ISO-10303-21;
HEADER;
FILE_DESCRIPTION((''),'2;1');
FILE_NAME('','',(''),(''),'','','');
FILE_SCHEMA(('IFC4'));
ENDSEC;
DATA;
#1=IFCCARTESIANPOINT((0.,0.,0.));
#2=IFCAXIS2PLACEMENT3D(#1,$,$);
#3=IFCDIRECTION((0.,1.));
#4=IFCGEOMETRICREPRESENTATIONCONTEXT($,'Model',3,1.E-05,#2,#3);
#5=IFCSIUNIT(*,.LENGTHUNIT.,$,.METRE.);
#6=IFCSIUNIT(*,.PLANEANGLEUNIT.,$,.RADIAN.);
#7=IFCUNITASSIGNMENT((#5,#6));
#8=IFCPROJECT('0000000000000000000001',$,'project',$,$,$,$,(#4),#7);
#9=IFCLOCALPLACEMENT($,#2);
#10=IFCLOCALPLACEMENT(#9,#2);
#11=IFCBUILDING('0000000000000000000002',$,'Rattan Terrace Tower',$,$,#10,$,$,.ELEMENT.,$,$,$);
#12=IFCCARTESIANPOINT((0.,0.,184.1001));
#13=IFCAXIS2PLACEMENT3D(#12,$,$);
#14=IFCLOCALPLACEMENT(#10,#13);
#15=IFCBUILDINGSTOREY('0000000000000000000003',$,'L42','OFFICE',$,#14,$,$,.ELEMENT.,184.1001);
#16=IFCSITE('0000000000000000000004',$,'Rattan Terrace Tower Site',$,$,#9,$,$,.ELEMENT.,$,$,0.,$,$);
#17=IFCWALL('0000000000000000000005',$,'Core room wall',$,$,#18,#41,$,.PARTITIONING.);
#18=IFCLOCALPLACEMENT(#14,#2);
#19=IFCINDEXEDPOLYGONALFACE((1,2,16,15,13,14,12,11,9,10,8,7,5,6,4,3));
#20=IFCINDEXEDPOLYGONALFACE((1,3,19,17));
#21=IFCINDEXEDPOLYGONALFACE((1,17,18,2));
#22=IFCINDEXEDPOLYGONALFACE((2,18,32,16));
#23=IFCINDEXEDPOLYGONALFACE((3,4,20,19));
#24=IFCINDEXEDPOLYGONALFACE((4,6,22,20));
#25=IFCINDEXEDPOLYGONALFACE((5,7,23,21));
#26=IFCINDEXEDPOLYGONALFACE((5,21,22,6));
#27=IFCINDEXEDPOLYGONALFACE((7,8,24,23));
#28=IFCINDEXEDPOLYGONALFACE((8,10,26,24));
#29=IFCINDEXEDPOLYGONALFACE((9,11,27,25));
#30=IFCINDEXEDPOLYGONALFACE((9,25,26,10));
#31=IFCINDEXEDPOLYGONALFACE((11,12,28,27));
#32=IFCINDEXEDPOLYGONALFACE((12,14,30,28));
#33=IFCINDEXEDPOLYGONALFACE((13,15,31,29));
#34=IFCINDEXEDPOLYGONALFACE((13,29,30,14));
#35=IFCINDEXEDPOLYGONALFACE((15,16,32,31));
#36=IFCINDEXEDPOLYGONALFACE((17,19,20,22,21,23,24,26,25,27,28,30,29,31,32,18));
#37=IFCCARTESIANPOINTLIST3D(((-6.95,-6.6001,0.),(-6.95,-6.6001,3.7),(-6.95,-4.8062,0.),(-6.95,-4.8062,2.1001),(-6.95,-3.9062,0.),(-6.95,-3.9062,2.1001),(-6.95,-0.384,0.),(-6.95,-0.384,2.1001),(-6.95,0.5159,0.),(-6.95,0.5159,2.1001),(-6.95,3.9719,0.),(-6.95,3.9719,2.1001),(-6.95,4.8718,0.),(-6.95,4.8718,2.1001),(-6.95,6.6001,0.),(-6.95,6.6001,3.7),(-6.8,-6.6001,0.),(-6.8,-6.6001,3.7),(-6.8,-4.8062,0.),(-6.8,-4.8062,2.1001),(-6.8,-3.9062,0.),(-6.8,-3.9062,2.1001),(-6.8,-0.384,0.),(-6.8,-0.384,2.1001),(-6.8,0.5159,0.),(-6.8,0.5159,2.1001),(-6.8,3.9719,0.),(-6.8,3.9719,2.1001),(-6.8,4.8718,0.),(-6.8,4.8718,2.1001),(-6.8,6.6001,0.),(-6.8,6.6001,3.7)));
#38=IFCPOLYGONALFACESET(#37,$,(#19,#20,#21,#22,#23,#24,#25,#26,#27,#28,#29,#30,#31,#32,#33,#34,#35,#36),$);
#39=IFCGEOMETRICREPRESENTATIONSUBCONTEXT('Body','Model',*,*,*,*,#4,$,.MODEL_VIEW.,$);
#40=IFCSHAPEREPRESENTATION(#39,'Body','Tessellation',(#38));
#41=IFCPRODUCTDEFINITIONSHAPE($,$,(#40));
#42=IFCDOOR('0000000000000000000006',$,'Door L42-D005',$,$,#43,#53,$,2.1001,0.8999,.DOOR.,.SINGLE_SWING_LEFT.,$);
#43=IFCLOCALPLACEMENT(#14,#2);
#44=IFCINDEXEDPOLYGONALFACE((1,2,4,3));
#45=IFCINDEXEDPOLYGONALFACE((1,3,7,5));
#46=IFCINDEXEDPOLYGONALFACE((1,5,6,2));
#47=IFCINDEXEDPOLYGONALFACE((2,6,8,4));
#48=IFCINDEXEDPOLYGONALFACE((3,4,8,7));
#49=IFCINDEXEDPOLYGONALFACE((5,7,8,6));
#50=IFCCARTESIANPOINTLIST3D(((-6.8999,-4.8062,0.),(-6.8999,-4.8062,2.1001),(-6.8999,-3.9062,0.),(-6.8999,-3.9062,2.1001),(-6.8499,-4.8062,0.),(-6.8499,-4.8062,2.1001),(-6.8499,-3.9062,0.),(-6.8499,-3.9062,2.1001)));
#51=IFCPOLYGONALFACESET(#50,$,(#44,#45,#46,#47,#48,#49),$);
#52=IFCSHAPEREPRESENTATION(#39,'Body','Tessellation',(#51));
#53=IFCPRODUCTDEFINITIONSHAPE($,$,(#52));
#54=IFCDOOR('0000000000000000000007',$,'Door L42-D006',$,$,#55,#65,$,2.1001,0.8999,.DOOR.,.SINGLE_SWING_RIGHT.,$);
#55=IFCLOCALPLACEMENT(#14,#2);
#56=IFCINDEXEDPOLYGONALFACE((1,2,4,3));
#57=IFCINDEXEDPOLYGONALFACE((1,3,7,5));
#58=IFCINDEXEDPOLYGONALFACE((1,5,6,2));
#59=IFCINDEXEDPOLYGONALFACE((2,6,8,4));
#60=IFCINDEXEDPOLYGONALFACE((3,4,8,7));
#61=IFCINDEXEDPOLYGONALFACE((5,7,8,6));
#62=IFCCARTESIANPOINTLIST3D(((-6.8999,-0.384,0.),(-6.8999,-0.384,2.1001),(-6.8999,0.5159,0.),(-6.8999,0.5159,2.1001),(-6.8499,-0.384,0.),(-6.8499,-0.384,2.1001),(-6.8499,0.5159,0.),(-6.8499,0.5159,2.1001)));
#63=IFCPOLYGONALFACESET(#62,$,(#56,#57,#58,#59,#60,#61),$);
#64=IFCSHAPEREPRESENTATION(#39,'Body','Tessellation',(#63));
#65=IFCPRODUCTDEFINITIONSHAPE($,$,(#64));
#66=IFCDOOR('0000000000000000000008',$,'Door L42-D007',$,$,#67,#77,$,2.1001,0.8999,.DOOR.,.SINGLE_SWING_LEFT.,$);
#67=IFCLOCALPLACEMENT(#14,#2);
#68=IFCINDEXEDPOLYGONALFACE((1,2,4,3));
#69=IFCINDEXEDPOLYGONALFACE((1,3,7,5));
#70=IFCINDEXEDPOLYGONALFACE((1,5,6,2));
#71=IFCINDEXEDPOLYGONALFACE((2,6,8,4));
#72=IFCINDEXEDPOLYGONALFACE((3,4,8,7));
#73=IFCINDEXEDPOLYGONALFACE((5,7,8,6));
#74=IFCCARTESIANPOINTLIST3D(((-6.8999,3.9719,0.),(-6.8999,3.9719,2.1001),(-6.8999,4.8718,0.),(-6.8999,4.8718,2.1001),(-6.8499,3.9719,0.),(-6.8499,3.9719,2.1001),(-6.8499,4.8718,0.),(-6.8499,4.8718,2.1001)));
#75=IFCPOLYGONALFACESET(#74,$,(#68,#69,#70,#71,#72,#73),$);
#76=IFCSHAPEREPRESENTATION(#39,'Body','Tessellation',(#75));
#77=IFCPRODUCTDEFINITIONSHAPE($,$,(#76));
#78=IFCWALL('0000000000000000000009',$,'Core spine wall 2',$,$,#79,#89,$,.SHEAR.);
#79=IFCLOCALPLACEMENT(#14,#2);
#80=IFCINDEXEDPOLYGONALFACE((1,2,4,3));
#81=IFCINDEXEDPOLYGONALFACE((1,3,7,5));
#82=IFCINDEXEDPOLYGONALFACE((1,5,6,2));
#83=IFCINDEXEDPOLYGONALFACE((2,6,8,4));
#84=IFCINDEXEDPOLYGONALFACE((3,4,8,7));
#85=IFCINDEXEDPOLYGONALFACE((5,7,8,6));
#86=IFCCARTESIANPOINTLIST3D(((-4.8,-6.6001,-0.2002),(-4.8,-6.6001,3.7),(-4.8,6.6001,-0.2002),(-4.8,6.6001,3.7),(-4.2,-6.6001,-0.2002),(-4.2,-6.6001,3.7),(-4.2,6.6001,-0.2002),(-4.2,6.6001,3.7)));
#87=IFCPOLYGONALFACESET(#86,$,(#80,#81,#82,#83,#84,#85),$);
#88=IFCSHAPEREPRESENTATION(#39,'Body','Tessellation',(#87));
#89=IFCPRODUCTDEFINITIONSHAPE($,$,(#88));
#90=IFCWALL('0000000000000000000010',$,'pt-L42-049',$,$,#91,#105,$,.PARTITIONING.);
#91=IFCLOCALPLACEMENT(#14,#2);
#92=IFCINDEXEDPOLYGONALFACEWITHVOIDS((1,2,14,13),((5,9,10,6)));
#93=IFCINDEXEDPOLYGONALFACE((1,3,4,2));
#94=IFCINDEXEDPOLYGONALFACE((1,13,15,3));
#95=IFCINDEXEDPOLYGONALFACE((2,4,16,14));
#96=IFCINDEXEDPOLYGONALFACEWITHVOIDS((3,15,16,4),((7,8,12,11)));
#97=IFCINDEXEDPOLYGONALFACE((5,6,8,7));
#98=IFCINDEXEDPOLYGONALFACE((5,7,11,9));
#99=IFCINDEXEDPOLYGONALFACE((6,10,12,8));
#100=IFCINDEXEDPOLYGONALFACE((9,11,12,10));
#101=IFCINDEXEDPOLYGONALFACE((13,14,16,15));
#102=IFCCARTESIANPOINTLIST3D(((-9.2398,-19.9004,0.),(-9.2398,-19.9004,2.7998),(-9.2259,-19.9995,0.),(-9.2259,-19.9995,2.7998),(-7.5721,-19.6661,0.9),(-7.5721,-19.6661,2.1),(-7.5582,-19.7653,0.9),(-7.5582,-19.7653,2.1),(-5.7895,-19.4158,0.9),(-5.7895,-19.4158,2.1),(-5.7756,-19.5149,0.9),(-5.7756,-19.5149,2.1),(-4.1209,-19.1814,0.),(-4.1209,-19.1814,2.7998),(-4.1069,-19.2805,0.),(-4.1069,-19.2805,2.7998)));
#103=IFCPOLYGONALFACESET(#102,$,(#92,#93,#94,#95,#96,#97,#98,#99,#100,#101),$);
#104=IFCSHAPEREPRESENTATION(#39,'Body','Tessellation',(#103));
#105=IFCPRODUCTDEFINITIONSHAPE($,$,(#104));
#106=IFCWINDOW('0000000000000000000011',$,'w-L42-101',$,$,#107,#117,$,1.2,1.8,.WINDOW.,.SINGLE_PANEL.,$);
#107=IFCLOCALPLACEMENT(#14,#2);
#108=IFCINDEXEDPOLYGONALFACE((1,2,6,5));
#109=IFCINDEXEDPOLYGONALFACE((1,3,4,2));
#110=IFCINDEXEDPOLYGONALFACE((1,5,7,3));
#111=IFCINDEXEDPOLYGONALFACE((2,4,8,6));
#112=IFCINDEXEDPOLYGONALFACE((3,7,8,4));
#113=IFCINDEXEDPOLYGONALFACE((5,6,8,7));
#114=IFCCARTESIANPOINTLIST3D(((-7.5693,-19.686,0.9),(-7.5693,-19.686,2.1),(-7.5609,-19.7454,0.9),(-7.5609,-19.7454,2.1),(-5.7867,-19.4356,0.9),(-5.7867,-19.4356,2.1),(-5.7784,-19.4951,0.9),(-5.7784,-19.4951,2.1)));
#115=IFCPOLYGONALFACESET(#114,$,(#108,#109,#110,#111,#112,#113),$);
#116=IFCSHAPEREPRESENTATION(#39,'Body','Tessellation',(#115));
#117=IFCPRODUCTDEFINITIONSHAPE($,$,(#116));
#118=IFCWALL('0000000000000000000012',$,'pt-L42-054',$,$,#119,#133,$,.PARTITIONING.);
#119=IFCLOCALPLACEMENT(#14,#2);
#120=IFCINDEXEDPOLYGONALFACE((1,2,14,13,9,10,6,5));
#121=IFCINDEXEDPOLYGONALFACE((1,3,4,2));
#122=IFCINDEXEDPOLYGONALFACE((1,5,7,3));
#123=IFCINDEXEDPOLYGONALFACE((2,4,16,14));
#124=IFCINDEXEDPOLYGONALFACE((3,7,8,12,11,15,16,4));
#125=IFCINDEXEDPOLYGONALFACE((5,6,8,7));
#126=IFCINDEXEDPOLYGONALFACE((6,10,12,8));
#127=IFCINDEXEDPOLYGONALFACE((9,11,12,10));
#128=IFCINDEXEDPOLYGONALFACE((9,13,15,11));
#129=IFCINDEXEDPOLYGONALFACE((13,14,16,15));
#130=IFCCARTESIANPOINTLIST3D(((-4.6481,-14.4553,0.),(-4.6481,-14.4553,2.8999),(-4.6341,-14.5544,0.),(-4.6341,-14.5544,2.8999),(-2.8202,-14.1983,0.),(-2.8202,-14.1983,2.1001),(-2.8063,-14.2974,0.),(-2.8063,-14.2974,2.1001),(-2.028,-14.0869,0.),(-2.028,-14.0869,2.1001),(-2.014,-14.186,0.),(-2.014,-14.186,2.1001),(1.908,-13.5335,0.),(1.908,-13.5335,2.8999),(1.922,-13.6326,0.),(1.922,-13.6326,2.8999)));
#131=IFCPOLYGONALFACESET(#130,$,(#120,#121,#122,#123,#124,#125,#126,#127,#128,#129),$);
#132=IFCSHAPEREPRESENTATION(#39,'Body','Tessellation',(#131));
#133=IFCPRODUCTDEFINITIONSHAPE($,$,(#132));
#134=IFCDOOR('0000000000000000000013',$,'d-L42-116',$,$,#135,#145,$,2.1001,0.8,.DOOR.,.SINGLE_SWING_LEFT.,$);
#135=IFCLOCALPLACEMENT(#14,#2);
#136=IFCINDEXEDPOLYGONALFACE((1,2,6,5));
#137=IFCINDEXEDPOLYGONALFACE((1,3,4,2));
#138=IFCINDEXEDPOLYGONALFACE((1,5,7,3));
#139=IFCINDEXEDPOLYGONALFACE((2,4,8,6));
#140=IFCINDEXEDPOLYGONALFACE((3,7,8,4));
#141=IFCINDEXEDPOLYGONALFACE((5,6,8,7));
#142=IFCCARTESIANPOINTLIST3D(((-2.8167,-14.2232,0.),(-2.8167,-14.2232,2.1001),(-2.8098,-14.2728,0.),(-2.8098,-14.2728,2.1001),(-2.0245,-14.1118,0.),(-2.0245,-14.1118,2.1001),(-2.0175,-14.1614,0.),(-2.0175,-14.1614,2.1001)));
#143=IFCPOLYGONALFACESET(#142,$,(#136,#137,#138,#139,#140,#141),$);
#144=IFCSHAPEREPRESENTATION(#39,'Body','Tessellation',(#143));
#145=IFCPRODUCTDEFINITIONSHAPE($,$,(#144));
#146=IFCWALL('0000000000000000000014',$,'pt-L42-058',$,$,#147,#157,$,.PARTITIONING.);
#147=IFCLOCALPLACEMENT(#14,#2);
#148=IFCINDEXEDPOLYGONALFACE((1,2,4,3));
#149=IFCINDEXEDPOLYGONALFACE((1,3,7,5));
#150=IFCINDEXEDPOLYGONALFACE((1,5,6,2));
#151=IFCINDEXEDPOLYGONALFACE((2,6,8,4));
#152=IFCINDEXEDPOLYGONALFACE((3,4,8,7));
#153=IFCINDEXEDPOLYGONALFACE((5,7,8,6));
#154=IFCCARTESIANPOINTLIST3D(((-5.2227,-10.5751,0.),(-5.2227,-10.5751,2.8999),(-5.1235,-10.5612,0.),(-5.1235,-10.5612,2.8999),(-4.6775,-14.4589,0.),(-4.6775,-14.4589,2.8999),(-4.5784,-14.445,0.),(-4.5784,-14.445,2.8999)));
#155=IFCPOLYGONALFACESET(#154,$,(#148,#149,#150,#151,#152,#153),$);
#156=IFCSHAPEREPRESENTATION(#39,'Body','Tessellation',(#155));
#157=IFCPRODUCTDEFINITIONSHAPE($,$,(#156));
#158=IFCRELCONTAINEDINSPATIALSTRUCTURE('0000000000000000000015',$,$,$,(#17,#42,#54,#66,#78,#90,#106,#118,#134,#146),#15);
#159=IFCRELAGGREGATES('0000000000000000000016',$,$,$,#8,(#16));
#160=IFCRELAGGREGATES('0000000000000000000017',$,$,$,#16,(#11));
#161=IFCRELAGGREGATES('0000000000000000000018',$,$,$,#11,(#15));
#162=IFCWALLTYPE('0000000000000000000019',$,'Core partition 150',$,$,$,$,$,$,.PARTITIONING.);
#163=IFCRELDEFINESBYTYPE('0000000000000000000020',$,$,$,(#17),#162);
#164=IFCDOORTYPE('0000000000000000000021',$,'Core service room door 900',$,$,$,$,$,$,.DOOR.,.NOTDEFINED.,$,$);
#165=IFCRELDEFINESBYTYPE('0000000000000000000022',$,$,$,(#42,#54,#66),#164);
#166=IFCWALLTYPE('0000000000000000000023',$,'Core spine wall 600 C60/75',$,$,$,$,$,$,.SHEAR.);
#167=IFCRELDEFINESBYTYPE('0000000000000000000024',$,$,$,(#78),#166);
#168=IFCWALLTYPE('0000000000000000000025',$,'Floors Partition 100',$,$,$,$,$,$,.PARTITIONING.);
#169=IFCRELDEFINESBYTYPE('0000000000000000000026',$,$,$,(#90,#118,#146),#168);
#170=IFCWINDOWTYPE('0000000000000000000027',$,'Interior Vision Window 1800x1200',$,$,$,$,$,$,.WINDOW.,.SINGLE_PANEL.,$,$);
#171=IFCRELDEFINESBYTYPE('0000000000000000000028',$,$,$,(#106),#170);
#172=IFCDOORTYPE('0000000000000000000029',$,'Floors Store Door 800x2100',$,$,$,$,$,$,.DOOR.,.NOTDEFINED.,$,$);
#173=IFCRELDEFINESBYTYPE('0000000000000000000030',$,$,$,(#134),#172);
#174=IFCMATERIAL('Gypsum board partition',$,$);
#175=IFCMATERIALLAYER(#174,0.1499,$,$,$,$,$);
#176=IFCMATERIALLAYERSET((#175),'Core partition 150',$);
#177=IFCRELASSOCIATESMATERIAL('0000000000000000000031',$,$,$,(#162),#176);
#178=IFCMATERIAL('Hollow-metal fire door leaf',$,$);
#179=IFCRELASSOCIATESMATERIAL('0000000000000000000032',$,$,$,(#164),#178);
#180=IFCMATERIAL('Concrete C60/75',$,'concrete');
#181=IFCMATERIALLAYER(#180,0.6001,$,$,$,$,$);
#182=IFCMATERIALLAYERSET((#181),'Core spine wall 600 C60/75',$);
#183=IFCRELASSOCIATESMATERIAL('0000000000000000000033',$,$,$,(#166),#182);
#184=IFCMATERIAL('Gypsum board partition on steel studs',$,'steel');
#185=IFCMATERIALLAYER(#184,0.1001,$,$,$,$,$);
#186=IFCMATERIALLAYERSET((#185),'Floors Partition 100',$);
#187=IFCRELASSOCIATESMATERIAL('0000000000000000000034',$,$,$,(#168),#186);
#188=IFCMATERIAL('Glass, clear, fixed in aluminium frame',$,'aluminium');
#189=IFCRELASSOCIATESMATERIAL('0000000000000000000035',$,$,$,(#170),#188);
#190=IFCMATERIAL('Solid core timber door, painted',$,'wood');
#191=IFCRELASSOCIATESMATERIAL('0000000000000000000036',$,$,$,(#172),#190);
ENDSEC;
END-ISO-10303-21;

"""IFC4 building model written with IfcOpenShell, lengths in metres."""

from ifc_helpers import new_model, si_unit, direction, frame, frame_2d, origin, place, context, subcontext, project, spatial, rectangle, extrude, material, layer, layer_set, type_object, element, fill, save


model = new_model("IFC4")

# Units and contexts
model_context = context("Model", 3, precision=1e-05, world=origin(), true_north=direction((0.0, 1.0)))
body_context = subcontext(model_context, "Body", "Model", "MODEL_VIEW")
ifc_project = project(units=[si_unit("LENGTHUNIT", "METRE"), si_unit("PLANEANGLEUNIT", "RADIAN")], contexts=[model_context])

# Site, building, storey
site_placement = place(None, origin())
site = spatial("IfcSite", under=ifc_project, at=site_placement, Name="Rattan Terrace Tower Site", CompositionType="ELEMENT", RefElevation=0.0)
building_placement = place(site_placement, origin())
building = spatial("IfcBuilding", under=site, at=building_placement, Name="Rattan Terrace Tower", CompositionType="ELEMENT")
storey_placement = place(building_placement, frame((0.0, 0.0, 184.1001)))
storey = spatial("IfcBuildingStorey", under=building, at=storey_placement, Name="L42", Description="OFFICE", CompositionType="ELEMENT", Elevation=184.1001)

# Wall, openings, doors
ifc_material_1 = material(Name="Gypsum board partition")
ifc_layer_1 = layer(ifc_material_1, 0.1499)
ifc_layer_set_1 = layer_set([ifc_layer_1], Name="Core partition 150")
wall_type_1 = type_object("IfcWallType", Name="Core partition 150", PredefinedType="PARTITIONING", material=ifc_layer_set_1)
wall_1_placement = place(storey_placement, frame((-6.875, -6.6001, 0.0), z_axis=(0.0, 0.0, 1.0), x_axis=(0.0, 1.0, 0.0)))
wall_1 = element("IfcWall", 1, at=wall_1_placement, inside=storey, type_object=wall_type_1, Name="Core room wall", PredefinedType="PARTITIONING", context=body_context, shape_type="SweptSolid", body=[
    extrude(rectangle(XDim=13.2002, YDim=0.1499, at=frame_2d((6.6001, 0.0))), origin(), (0.0, 0.0, 1.0), 3.7),
])
opening_1_placement = place(wall_1_placement, frame((1.7939, 0.0, 0.0)))
opening_1 = element("IfcOpeningElement", 2, at=opening_1_placement, cuts=wall_1, PredefinedType="OPENING", context=body_context, shape_type="SweptSolid", body=[
    extrude(rectangle(XDim=0.8999, YDim=2.1001, at=frame_2d((0.45, 1.05))), frame((0.0, 0.0854, 0.0), z_axis=(0.0, -1.0, 0.0), x_axis=(1.0, 0.0, 0.0)), (0.0, 0.0, 1.0), 0.1709),
])
opening_2_placement = place(wall_1_placement, frame((6.2161, 0.0, 0.0)))
opening_2 = element("IfcOpeningElement", 3, at=opening_2_placement, cuts=wall_1, PredefinedType="OPENING", context=body_context, shape_type="SweptSolid", body=[
    extrude(rectangle(XDim=0.8999, YDim=2.1001, at=frame_2d((0.45, 1.05))), frame((0.0, 0.0854, 0.0), z_axis=(0.0, -1.0, 0.0), x_axis=(1.0, 0.0, 0.0)), (0.0, 0.0, 1.0), 0.1709),
])
opening_3_placement = place(wall_1_placement, frame((10.572, 0.0, 0.0)))
opening_3 = element("IfcOpeningElement", 4, at=opening_3_placement, cuts=wall_1, PredefinedType="OPENING", context=body_context, shape_type="SweptSolid", body=[
    extrude(rectangle(XDim=0.8999, YDim=2.1001, at=frame_2d((0.45, 1.05))), frame((0.0, 0.0854, 0.0), z_axis=(0.0, -1.0, 0.0), x_axis=(1.0, 0.0, 0.0)), (0.0, 0.0, 1.0), 0.1709),
])
ifc_material_2 = material(Name="Hollow-metal fire door leaf")
door_type_1 = type_object("IfcDoorType", Name="Core service room door 900", OperationType="NOTDEFINED", PredefinedType="DOOR", material=ifc_material_2)
door_1_placement = place(opening_1_placement, origin())
door_1 = element("IfcDoor", 5, at=door_1_placement, inside=storey, type_object=door_type_1, Name="Door L42-D005", OperationType="SINGLE_SWING_LEFT", OverallHeight=2.1001, OverallWidth=0.8999, PredefinedType="DOOR", context=body_context, shape_type="SweptSolid", body=[
    extrude(rectangle(XDim=0.8999, YDim=2.1001, at=frame_2d((0.45, 1.05))), frame((0.0, 0.0249, 0.0), z_axis=(0.0, -1.0, 0.0), x_axis=(1.0, 0.0, 0.0)), (0.0, 0.0, 1.0), 0.05),
])
fill(opening_1, door_1)
door_2_placement = place(opening_2_placement, origin())
door_2 = element("IfcDoor", 6, at=door_2_placement, inside=storey, type_object=door_type_1, Name="Door L42-D006", OperationType="SINGLE_SWING_RIGHT", OverallHeight=2.1001, OverallWidth=0.8999, PredefinedType="DOOR", context=body_context, shape_type="SweptSolid", body=[
    extrude(rectangle(XDim=0.8999, YDim=2.1001, at=frame_2d((0.45, 1.05))), frame((0.0, 0.0249, 0.0), z_axis=(0.0, -1.0, 0.0), x_axis=(1.0, 0.0, 0.0)), (0.0, 0.0, 1.0), 0.05),
])
fill(opening_2, door_2)
door_3_placement = place(opening_3_placement, origin())
door_3 = element("IfcDoor", 7, at=door_3_placement, inside=storey, type_object=door_type_1, Name="Door L42-D007", OperationType="SINGLE_SWING_LEFT", OverallHeight=2.1001, OverallWidth=0.8999, PredefinedType="DOOR", context=body_context, shape_type="SweptSolid", body=[
    extrude(rectangle(XDim=0.8999, YDim=2.1001, at=frame_2d((0.45, 1.05))), frame((0.0, 0.0249, 0.0), z_axis=(0.0, -1.0, 0.0), x_axis=(1.0, 0.0, 0.0)), (0.0, 0.0, 1.0), 0.05),
])
fill(opening_3, door_3)

# Wall
ifc_material_3 = material(Name="Concrete C60/75", Category="concrete")
ifc_layer_2 = layer(ifc_material_3, 0.6001)
ifc_layer_set_2 = layer_set([ifc_layer_2], Name="Core spine wall 600 C60/75")
wall_type_2 = type_object("IfcWallType", Name="Core spine wall 600 C60/75", PredefinedType="SHEAR", material=ifc_layer_set_2)
wall_2_placement = place(storey_placement, frame((-4.5, -6.6001, -0.2002), z_axis=(0.0, 0.0, 1.0), x_axis=(0.0, 1.0, 0.0)))
element("IfcWall", 8, at=wall_2_placement, inside=storey, type_object=wall_type_2, Name="Core spine wall 2", PredefinedType="SHEAR", context=body_context, shape_type="SweptSolid", body=[
    extrude(rectangle(XDim=13.2002, YDim=0.6001, at=frame_2d((6.6001, 0.0))), origin(), (0.0, 0.0, 1.0), 3.9001),
])

# Wall, opening, window
ifc_material_4 = material(Name="Gypsum board partition on steel studs", Category="steel")
ifc_layer_3 = layer(ifc_material_4, 0.1001)
ifc_layer_set_3 = layer_set([ifc_layer_3], Name="Floors Partition 100")
wall_type_3 = type_object("IfcWallType", Name="Floors Partition 100", PredefinedType="PARTITIONING", material=ifc_layer_set_3)
wall_3_placement = place(storey_placement, frame((-4.114, -19.231, 0.0), z_axis=(0.0, 0.0, 1.0), x_axis=(-0.990279, -0.139093, 0.0)))
wall_3 = element("IfcWall", 9, at=wall_3_placement, inside=storey, type_object=wall_type_3, Name="pt-L42-049", PredefinedType="PARTITIONING", context=body_context, shape_type="SweptSolid", body=[
    extrude(rectangle(XDim=5.1692, YDim=0.1001, at=frame_2d((2.5845, 0.0))), origin(), (0.0, 0.0, 1.0), 2.7998),
])
opening_4_placement = place(wall_3_placement, frame((1.6851, 0.0, 0.8999)))
opening_4 = element("IfcOpeningElement", 10, at=opening_4_placement, cuts=wall_3, PredefinedType="OPENING", context=body_context, shape_type="SweptSolid", body=[
    extrude(rectangle(XDim=1.8, YDim=1.2, at=frame_2d((0.8999, 0.6001))), frame((0.0, 0.0605, 0.0), z_axis=(0.0, -1.0, 0.0), x_axis=(1.0, 0.0, 0.0)), (0.0, 0.0, 1.0), 0.1211),
])
ifc_material_5 = material(Name="Glass, clear, fixed in aluminium frame", Category="aluminium")
window_type = type_object("IfcWindowType", Name="Interior Vision Window 1800x1200", PartitioningType="SINGLE_PANEL", PredefinedType="WINDOW", material=ifc_material_5)
window_placement = place(opening_4_placement, origin())
window = element("IfcWindow", 11, at=window_placement, inside=storey, type_object=window_type, Name="w-L42-101", OverallHeight=1.2, OverallWidth=1.8, PartitioningType="SINGLE_PANEL", PredefinedType="WINDOW", context=body_context, shape_type="SweptSolid", body=[
    extrude(rectangle(XDim=1.8, YDim=1.2, at=frame_2d((0.8999, 0.6001))), frame((0.0, 0.03, 0.0), z_axis=(0.0, -1.0, 0.0), x_axis=(1.0, 0.0, 0.0)), (0.0, 0.0, 1.0), 0.0601),
])
fill(opening_4, window)

# Wall, opening, door
wall_4_placement = place(storey_placement, frame((-4.6411, -14.5049, 0.0), z_axis=(0.0, 0.0, 1.0), x_axis=(0.990258, 0.139242, 0.0)))
wall_4 = element("IfcWall", 12, at=wall_4_placement, inside=storey, type_object=wall_type_3, Name="pt-L42-054", PredefinedType="PARTITIONING", context=body_context, shape_type="SweptSolid", body=[
    extrude(rectangle(XDim=6.6206, YDim=0.1001, at=frame_2d((3.3103, 0.0))), origin(), (0.0, 0.0, 1.0), 2.8999),
])
opening_5_placement = place(wall_4_placement, frame((1.8459, 0.0, 0.0)))
opening_5 = element("IfcOpeningElement", 13, at=opening_5_placement, cuts=wall_4, PredefinedType="OPENING", context=body_context, shape_type="SweptSolid", body=[
    extrude(rectangle(XDim=0.8, YDim=2.1001, at=frame_2d((0.3999, 1.05))), frame((0.0, 0.0605, 0.0), z_axis=(0.0, -1.0, 0.0), x_axis=(1.0, 0.0, 0.0)), (0.0, 0.0, 1.0), 0.1211),
])
ifc_material_6 = material(Name="Solid core timber door, painted", Category="wood")
door_type_2 = type_object("IfcDoorType", Name="Floors Store Door 800x2100", OperationType="NOTDEFINED", PredefinedType="DOOR", material=ifc_material_6)
door_4_placement = place(opening_5_placement, origin())
door_4 = element("IfcDoor", 14, at=door_4_placement, inside=storey, type_object=door_type_2, Name="d-L42-116", OperationType="SINGLE_SWING_LEFT", OverallHeight=2.1001, OverallWidth=0.8, PredefinedType="DOOR", context=body_context, shape_type="SweptSolid", body=[
    extrude(rectangle(XDim=0.8, YDim=2.1001, at=frame_2d((0.3999, 1.05))), frame((0.0, 0.0249, 0.0), z_axis=(0.0, -1.0, 0.0), x_axis=(1.0, 0.0, 0.0)), (0.0, 0.0, 1.0), 0.05),
])
fill(opening_5, door_4)

# Wall
wall_5_placement = place(storey_placement, frame((-5.1731, -10.5681, 0.0), z_axis=(0.0, 0.0, 1.0), x_axis=(0.139007, -0.990291, 0.0)))
element("IfcWall", 15, at=wall_5_placement, inside=storey, type_object=wall_type_3, Name="pt-L42-058", PredefinedType="PARTITIONING", context=body_context, shape_type="SweptSolid", body=[
    extrude(rectangle(XDim=3.9219, YDim=0.1001, at=frame_2d((1.9609, 0.0))), origin(), (0.0, 0.0, 1.0), 2.8999),
])

save(model, "model.ifc")
